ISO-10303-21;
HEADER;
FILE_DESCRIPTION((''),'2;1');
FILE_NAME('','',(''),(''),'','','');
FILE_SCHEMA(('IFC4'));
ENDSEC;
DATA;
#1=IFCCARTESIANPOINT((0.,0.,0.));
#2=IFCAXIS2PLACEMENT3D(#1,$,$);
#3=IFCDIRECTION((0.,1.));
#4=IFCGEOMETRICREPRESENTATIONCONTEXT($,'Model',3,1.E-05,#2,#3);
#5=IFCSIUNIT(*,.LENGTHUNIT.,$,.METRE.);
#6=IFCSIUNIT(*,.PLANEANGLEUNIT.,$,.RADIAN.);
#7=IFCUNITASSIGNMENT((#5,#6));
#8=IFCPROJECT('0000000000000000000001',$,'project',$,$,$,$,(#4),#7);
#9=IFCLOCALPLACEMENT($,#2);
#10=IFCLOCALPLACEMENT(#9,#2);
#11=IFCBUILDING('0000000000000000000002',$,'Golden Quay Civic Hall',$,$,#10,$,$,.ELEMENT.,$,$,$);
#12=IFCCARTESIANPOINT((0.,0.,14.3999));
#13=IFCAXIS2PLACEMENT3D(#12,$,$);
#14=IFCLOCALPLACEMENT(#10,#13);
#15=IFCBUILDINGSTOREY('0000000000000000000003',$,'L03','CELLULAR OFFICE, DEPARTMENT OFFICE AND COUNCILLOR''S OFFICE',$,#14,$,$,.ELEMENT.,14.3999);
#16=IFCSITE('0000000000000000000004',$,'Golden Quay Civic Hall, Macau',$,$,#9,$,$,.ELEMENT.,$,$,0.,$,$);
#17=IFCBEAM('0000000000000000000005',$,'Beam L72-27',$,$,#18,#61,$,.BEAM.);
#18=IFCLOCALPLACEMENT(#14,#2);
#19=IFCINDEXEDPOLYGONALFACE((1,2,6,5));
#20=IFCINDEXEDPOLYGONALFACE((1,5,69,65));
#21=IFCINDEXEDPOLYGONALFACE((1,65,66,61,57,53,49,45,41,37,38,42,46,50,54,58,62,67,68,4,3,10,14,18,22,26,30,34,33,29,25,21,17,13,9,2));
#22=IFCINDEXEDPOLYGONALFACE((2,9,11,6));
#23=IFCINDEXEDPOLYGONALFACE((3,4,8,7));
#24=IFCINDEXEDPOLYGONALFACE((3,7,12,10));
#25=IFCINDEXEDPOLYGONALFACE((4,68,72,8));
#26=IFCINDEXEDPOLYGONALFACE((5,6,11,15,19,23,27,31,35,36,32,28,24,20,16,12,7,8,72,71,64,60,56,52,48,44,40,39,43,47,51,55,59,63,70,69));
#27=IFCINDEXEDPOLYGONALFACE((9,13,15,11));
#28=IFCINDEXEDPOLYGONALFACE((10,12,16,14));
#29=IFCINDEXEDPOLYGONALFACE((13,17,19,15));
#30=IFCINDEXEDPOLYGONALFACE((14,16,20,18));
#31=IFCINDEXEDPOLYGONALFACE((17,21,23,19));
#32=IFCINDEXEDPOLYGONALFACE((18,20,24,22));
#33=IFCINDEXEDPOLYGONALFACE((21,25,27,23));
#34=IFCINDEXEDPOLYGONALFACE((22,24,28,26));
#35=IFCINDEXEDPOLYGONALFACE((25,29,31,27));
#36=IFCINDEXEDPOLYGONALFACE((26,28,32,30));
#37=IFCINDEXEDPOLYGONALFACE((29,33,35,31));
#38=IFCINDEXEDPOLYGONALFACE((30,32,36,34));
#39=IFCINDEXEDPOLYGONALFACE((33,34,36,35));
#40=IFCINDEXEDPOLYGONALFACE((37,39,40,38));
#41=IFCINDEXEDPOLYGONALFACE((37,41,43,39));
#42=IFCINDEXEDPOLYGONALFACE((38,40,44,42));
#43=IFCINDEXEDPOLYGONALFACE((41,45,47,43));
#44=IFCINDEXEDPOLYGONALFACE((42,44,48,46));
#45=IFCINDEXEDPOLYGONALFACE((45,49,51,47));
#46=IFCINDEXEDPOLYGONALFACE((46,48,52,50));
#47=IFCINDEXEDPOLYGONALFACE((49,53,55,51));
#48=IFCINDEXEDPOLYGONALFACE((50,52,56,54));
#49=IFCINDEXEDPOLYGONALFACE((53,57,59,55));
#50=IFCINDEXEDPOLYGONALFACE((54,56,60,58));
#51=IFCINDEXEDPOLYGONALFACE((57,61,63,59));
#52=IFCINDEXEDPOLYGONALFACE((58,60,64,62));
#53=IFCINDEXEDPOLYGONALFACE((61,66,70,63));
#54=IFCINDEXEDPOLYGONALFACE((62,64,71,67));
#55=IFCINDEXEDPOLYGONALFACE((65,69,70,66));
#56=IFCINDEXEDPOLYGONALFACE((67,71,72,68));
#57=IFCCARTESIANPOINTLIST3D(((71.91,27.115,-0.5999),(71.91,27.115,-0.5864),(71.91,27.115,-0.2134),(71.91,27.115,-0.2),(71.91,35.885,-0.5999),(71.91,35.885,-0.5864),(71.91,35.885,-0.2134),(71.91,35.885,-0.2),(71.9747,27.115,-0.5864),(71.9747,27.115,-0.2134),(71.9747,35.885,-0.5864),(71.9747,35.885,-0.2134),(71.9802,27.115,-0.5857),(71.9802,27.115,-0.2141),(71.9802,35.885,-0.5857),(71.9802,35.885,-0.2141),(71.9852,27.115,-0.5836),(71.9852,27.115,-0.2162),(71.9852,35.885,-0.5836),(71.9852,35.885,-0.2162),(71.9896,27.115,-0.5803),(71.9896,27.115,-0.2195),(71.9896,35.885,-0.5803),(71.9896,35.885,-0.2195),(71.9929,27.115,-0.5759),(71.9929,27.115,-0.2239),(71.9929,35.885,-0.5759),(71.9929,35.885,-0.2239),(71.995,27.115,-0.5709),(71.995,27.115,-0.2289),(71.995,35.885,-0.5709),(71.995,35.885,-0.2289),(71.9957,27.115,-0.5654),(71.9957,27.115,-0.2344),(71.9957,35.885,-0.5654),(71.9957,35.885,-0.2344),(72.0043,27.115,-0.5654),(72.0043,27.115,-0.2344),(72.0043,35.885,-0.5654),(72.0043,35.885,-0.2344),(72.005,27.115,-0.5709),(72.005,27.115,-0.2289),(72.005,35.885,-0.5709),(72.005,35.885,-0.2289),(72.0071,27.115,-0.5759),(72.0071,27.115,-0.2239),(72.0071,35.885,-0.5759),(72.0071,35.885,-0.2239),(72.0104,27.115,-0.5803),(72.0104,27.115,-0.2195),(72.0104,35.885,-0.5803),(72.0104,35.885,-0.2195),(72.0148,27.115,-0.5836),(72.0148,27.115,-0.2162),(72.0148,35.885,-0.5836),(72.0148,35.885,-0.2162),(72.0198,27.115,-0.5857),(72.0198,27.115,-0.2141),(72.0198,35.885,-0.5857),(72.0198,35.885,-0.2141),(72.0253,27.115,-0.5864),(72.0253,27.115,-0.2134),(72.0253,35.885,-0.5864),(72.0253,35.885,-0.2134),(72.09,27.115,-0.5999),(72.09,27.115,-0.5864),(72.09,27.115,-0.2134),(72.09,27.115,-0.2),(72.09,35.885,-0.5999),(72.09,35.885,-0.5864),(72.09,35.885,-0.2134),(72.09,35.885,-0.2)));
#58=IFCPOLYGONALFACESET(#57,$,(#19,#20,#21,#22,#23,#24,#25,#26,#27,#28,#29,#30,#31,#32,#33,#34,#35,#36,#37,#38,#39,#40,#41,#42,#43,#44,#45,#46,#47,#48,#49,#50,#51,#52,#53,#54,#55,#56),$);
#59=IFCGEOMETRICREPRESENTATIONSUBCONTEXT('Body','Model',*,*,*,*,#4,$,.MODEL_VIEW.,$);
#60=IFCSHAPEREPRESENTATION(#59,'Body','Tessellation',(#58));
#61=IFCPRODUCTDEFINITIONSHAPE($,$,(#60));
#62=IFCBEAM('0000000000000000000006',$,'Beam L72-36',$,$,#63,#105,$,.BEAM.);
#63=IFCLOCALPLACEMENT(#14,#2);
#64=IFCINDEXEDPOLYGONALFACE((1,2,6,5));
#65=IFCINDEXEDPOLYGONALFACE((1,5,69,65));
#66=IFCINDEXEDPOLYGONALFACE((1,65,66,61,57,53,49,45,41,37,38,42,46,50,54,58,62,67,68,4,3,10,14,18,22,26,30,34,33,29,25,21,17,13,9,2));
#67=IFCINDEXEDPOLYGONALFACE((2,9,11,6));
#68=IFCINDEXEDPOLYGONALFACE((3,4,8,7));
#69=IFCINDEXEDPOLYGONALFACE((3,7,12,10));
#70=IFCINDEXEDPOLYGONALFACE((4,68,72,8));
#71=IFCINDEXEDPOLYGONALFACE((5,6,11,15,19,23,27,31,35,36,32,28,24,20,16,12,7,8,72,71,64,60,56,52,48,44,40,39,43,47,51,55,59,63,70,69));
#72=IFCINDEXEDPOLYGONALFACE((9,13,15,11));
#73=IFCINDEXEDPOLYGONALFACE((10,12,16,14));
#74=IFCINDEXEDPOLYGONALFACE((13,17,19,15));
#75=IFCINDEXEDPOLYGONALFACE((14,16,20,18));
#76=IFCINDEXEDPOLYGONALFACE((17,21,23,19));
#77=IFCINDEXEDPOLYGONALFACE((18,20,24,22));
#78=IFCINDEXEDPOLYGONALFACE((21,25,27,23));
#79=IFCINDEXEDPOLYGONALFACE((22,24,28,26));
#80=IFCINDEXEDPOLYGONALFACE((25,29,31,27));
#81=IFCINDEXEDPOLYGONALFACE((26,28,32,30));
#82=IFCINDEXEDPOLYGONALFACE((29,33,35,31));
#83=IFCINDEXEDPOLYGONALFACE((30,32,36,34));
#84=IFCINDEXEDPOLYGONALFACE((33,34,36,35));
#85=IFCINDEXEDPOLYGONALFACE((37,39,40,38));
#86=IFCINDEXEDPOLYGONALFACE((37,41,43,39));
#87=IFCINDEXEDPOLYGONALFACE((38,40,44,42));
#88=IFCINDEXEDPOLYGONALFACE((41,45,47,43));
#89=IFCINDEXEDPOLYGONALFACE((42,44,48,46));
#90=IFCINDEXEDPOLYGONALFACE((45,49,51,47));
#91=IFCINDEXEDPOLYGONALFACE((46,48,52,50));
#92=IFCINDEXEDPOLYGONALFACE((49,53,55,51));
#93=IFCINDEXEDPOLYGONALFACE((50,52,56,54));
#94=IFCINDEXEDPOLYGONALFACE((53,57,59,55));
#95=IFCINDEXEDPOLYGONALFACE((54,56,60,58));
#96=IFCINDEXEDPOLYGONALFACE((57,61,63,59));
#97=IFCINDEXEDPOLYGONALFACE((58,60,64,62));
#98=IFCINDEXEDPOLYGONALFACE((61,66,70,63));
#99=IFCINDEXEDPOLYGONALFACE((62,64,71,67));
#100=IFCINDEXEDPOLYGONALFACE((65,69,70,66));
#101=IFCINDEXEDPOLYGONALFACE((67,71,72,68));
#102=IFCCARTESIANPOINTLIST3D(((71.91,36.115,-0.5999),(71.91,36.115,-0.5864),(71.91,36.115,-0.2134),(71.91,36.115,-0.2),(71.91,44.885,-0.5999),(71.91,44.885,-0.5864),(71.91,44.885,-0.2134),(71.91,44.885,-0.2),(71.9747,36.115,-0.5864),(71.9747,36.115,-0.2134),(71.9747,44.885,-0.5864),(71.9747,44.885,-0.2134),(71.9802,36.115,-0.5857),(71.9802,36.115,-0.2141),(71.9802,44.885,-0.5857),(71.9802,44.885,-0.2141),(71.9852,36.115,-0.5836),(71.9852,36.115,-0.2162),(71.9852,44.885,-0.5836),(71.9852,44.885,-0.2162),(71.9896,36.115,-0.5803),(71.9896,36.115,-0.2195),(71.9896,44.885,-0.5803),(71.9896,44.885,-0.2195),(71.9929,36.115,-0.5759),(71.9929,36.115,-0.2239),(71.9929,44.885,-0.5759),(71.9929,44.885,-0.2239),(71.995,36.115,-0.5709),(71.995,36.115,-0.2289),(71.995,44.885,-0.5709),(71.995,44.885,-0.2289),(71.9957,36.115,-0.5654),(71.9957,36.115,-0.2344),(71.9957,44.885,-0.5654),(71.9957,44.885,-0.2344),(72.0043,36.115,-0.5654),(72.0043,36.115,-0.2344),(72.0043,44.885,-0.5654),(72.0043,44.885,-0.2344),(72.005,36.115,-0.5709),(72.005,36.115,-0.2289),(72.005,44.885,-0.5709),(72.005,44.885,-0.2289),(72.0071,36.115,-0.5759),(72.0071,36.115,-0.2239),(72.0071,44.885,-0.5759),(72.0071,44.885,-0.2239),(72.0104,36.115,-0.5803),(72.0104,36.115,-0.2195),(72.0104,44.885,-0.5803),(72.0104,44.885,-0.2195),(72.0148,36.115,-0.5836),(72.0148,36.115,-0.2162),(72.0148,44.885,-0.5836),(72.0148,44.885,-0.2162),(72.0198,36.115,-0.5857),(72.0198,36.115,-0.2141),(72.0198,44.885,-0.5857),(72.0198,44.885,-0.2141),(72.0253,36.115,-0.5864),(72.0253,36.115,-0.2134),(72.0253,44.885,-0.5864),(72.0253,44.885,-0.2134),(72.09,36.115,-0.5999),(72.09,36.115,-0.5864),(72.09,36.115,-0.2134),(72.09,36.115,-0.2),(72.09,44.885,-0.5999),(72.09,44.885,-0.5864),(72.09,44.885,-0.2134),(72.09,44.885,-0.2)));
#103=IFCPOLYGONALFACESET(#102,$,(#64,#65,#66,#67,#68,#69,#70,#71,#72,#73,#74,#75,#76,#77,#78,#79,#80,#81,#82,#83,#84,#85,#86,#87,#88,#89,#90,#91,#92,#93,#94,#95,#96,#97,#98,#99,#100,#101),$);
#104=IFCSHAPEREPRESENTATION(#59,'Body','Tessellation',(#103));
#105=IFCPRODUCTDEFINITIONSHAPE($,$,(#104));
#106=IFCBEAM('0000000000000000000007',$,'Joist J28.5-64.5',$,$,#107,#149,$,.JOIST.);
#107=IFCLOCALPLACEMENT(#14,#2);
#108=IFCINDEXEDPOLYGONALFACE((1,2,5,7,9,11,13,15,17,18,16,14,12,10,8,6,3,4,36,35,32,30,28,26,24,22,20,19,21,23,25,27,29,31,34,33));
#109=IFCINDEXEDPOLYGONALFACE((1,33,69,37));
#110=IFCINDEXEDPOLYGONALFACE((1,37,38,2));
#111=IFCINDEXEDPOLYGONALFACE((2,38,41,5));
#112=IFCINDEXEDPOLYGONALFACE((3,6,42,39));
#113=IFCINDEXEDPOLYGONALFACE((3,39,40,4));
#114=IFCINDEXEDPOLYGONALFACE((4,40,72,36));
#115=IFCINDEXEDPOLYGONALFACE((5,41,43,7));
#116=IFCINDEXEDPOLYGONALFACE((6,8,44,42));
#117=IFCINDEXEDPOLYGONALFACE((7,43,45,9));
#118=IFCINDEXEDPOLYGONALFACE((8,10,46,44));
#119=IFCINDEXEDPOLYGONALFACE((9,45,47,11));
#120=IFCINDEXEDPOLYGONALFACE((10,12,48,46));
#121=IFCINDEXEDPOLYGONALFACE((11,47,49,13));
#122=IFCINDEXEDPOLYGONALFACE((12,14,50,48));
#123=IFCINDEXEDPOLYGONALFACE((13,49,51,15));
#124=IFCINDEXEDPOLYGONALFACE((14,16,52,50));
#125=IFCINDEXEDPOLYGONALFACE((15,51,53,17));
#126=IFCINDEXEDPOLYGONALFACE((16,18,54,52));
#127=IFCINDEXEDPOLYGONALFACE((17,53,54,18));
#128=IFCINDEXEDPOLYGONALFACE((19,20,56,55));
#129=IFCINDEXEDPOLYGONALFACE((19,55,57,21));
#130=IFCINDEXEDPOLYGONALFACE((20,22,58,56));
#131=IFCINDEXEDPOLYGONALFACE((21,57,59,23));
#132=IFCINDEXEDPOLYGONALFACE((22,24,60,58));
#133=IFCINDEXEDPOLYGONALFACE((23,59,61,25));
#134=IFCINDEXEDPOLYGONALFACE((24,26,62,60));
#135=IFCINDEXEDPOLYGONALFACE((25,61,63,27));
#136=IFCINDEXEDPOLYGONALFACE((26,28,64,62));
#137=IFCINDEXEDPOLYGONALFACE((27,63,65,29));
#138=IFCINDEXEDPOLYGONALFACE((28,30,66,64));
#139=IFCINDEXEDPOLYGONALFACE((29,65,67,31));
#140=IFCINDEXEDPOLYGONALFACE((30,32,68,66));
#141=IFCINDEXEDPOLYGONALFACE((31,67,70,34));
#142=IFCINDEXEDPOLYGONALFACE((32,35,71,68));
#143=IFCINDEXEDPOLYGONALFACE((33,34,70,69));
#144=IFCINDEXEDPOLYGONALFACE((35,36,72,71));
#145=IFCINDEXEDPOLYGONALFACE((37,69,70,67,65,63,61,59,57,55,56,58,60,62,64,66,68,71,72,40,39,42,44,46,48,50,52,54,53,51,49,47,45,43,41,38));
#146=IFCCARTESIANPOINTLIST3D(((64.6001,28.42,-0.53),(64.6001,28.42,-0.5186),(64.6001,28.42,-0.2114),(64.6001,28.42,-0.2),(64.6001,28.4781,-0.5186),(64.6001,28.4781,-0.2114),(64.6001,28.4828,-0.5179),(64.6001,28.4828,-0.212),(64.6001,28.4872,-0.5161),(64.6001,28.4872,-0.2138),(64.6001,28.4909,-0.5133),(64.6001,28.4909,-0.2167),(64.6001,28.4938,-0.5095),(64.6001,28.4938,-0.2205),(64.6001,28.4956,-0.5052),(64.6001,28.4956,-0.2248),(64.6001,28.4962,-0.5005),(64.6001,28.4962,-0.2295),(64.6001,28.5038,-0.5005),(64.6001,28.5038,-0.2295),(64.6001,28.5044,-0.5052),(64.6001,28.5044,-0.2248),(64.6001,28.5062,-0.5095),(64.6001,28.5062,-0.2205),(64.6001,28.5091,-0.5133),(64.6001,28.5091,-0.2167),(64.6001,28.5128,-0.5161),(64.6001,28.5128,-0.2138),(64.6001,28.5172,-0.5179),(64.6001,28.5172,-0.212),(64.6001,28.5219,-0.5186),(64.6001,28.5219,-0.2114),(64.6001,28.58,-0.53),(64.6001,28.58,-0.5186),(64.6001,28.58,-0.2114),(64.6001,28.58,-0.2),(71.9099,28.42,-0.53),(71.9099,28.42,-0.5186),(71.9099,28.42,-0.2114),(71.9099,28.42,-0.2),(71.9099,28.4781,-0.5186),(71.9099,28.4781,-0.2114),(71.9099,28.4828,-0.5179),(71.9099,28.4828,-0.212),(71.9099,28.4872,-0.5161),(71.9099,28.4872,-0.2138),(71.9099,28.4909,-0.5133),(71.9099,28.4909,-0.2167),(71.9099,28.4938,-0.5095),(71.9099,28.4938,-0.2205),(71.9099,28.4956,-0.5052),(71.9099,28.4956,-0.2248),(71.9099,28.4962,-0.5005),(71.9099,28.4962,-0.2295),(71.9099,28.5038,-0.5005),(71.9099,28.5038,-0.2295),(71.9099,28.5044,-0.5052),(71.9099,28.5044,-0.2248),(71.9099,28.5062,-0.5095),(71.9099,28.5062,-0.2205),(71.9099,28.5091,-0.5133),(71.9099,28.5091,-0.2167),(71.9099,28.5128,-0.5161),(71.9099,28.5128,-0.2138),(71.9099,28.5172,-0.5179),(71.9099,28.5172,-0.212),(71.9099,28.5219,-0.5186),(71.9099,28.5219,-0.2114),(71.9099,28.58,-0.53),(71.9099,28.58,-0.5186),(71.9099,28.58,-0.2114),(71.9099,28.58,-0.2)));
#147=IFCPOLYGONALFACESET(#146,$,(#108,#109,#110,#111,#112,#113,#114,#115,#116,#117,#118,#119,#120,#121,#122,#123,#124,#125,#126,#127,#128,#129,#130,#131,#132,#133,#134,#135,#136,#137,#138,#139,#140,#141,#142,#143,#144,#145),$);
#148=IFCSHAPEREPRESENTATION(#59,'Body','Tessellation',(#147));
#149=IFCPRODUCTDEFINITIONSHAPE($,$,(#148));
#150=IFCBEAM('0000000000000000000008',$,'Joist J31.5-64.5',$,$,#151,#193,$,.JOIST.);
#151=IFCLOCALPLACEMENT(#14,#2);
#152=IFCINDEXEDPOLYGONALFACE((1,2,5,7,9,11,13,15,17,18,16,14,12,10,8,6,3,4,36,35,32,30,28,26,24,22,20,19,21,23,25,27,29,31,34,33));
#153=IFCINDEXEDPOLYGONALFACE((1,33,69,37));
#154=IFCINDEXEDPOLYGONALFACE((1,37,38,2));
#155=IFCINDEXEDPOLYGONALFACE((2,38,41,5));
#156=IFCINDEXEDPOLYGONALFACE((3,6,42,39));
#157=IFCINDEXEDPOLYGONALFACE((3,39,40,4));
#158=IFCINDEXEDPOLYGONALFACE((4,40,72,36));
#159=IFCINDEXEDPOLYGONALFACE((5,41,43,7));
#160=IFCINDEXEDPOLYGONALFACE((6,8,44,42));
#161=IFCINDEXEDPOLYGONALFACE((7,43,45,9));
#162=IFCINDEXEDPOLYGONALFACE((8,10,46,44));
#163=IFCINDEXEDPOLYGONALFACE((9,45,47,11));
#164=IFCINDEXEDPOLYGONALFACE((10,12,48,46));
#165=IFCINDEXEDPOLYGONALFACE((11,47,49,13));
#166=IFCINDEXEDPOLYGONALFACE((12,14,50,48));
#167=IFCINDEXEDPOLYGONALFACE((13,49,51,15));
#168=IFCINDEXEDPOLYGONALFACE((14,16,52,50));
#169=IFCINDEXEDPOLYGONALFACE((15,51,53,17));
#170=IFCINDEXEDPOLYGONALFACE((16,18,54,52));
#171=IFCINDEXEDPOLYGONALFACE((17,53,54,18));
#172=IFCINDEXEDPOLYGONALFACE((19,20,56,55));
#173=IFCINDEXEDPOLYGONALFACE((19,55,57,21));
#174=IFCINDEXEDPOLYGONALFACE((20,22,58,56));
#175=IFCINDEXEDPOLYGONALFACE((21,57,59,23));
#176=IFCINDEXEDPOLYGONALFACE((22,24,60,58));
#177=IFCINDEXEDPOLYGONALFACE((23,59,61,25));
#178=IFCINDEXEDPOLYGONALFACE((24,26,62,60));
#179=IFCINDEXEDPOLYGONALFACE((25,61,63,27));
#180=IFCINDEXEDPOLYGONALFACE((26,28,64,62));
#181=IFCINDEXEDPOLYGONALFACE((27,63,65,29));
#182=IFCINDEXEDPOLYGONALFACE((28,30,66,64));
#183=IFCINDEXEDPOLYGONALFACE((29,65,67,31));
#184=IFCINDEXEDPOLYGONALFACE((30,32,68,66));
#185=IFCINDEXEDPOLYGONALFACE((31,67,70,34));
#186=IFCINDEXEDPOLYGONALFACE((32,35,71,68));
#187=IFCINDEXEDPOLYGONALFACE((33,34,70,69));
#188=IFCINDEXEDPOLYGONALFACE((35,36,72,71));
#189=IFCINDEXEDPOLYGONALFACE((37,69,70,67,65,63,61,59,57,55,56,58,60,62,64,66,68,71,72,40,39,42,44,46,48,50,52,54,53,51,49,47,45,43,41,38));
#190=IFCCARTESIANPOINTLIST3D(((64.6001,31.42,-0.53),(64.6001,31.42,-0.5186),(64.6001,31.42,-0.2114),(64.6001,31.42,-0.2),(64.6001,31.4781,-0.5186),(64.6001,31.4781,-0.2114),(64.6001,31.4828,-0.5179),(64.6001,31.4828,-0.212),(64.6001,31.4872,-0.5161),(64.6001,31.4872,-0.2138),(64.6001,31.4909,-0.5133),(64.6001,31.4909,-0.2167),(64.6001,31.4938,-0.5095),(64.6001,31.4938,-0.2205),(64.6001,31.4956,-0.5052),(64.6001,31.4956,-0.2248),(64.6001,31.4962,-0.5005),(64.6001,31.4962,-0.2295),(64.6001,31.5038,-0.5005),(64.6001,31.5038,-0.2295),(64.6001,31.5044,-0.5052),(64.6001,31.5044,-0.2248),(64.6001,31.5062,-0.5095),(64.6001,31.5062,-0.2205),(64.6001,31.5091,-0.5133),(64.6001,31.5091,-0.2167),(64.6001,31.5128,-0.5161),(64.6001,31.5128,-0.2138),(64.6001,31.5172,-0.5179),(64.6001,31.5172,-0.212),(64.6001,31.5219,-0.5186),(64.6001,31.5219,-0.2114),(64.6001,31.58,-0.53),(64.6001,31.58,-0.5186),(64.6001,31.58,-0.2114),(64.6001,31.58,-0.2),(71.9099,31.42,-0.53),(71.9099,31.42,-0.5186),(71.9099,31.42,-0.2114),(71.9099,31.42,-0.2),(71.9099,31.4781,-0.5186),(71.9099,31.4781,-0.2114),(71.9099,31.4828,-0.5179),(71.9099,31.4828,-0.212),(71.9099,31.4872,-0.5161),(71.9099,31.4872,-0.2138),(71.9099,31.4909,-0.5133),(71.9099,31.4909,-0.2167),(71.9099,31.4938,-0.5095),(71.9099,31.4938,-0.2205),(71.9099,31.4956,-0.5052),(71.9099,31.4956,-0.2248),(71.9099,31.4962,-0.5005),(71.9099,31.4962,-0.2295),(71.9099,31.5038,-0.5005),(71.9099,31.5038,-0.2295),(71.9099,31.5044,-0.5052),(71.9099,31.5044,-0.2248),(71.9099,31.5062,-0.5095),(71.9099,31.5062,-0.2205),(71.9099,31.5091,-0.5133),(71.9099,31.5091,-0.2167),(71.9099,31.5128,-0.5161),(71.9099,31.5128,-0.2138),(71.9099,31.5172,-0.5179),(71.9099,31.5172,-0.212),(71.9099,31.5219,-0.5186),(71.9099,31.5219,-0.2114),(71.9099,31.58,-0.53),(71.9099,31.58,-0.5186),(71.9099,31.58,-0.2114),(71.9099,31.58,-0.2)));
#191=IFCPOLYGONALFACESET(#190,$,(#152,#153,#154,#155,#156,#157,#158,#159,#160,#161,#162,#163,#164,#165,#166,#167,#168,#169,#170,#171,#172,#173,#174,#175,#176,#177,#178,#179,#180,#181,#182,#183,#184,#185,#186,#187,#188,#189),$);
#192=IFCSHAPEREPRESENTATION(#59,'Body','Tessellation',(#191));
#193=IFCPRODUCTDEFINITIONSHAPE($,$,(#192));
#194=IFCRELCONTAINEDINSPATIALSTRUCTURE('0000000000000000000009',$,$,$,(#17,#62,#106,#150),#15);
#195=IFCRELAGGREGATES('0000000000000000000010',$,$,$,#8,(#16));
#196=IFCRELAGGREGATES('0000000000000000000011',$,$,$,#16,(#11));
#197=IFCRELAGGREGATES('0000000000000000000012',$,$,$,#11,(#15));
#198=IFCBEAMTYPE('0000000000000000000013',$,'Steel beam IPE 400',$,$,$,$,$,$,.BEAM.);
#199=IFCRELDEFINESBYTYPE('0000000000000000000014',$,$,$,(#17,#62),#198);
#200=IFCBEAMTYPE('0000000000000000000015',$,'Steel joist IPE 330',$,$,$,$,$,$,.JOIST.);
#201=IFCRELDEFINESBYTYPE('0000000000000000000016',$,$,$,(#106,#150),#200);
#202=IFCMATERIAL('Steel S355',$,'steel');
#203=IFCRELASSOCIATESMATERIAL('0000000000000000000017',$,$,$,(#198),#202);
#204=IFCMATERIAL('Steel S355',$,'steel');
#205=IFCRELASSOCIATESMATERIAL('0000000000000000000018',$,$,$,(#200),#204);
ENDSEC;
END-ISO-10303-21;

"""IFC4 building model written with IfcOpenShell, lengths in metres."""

from ifc_helpers import new_model, si_unit, direction, frame, origin, origin_2d, place, context, subcontext, project, spatial, i_section, extrude, material, material_profile, profile_set, type_object, element, save


model = new_model("IFC4")

# Units and contexts
model_context = context("Model", 3, precision=1e-05, world=origin(), true_north=direction((0.0, 1.0)))
body_context = subcontext(model_context, "Body", "Model", "MODEL_VIEW")
ifc_project = project(units=[si_unit("LENGTHUNIT", "METRE"), si_unit("PLANEANGLEUNIT", "RADIAN")], contexts=[model_context])

# Site, building, storey
site_placement = place(None, origin())
site = spatial("IfcSite", under=ifc_project, at=site_placement, Name="Golden Quay Civic Hall, Macau", CompositionType="ELEMENT", RefElevation=0.0)
building_placement = place(site_placement, origin())
building = spatial("IfcBuilding", under=site, at=building_placement, Name="Golden Quay Civic Hall", CompositionType="ELEMENT")
storey_placement = place(building_placement, frame((0.0, 0.0, 14.3999)))
storey = spatial("IfcBuildingStorey", under=building, at=storey_placement, Name="L03", Description="CELLULAR OFFICE, DEPARTMENT OFFICE AND COUNCILLOR'S OFFICE", CompositionType="ELEMENT", Elevation=14.3999)

# Beams
ifc_material_1 = material(Name="Steel S355", Category="steel")
ifc_material_profile_1 = material_profile(ifc_material_1, i_section(OverallWidth=0.1799, OverallDepth=0.3999, WebThickness=0.0085, FlangeThickness=0.0134, FilletRadius=0.021, at=origin_2d()), Name="IPE 400")
ifc_profile_set_1 = profile_set([ifc_material_profile_1], Name="Steel S355")
beam_type_1 = type_object("IfcBeamType", Name="Steel beam IPE 400", PredefinedType="BEAM", material=ifc_profile_set_1)
for number, where, z_axis, x_axis, name in (
    (1, (72.0, 27.115, -0.3999), (0.0, 1.0, 0.0), (-1.0, 0.0, 0.0), "Beam L72-27"),
    (2, (72.0, 36.115, -0.3999), (0.0, 1.0, 0.0), (-1.0, 0.0, 0.0), "Beam L72-36"),
):
    element("IfcBeam", number, at=place(storey_placement, frame(where, z_axis=z_axis, x_axis=x_axis)), inside=storey, type_object=beam_type_1, Name=name, PredefinedType="BEAM", context=body_context, shape_type="SweptSolid", body=[
        extrude(i_section(OverallWidth=0.1799, OverallDepth=0.3999, WebThickness=0.0085, FlangeThickness=0.0134, FilletRadius=0.021, at=origin_2d()), origin(), (0.0, 0.0, 1.0), 8.77),
    ])
ifc_material_2 = material(Name="Steel S355", Category="steel")
ifc_material_profile_2 = material_profile(ifc_material_2, i_section(OverallWidth=0.1599, OverallDepth=0.3301, WebThickness=0.0076, FlangeThickness=0.0115, FilletRadius=0.0181, at=origin_2d()), Name="IPE 330")
ifc_profile_set_2 = profile_set([ifc_material_profile_2], Name="Steel S355")
beam_type_2 = type_object("IfcBeamType", Name="Steel joist IPE 330", PredefinedType="JOIST", material=ifc_profile_set_2)
for number, where, z_axis, x_axis, name in (
    (3, (64.6001, 28.5, -0.365), (1.0, 0.0, 0.0), (0.0, 1.0, 0.0), "Joist J28.5-64.5"),
    (4, (64.6001, 31.5, -0.365), (1.0, 0.0, 0.0), (0.0, 1.0, 0.0), "Joist J31.5-64.5"),
):
    element("IfcBeam", number, at=place(storey_placement, frame(where, z_axis=z_axis, x_axis=x_axis)), inside=storey, type_object=beam_type_2, Name=name, PredefinedType="JOIST", context=body_context, shape_type="SweptSolid", body=[
        extrude(i_section(OverallWidth=0.1599, OverallDepth=0.3301, WebThickness=0.0076, FlangeThickness=0.0115, FilletRadius=0.0181, at=origin_2d()), origin(), (0.0, 0.0, 1.0), 7.3098),
    ])

save(model, "model.ifc")
